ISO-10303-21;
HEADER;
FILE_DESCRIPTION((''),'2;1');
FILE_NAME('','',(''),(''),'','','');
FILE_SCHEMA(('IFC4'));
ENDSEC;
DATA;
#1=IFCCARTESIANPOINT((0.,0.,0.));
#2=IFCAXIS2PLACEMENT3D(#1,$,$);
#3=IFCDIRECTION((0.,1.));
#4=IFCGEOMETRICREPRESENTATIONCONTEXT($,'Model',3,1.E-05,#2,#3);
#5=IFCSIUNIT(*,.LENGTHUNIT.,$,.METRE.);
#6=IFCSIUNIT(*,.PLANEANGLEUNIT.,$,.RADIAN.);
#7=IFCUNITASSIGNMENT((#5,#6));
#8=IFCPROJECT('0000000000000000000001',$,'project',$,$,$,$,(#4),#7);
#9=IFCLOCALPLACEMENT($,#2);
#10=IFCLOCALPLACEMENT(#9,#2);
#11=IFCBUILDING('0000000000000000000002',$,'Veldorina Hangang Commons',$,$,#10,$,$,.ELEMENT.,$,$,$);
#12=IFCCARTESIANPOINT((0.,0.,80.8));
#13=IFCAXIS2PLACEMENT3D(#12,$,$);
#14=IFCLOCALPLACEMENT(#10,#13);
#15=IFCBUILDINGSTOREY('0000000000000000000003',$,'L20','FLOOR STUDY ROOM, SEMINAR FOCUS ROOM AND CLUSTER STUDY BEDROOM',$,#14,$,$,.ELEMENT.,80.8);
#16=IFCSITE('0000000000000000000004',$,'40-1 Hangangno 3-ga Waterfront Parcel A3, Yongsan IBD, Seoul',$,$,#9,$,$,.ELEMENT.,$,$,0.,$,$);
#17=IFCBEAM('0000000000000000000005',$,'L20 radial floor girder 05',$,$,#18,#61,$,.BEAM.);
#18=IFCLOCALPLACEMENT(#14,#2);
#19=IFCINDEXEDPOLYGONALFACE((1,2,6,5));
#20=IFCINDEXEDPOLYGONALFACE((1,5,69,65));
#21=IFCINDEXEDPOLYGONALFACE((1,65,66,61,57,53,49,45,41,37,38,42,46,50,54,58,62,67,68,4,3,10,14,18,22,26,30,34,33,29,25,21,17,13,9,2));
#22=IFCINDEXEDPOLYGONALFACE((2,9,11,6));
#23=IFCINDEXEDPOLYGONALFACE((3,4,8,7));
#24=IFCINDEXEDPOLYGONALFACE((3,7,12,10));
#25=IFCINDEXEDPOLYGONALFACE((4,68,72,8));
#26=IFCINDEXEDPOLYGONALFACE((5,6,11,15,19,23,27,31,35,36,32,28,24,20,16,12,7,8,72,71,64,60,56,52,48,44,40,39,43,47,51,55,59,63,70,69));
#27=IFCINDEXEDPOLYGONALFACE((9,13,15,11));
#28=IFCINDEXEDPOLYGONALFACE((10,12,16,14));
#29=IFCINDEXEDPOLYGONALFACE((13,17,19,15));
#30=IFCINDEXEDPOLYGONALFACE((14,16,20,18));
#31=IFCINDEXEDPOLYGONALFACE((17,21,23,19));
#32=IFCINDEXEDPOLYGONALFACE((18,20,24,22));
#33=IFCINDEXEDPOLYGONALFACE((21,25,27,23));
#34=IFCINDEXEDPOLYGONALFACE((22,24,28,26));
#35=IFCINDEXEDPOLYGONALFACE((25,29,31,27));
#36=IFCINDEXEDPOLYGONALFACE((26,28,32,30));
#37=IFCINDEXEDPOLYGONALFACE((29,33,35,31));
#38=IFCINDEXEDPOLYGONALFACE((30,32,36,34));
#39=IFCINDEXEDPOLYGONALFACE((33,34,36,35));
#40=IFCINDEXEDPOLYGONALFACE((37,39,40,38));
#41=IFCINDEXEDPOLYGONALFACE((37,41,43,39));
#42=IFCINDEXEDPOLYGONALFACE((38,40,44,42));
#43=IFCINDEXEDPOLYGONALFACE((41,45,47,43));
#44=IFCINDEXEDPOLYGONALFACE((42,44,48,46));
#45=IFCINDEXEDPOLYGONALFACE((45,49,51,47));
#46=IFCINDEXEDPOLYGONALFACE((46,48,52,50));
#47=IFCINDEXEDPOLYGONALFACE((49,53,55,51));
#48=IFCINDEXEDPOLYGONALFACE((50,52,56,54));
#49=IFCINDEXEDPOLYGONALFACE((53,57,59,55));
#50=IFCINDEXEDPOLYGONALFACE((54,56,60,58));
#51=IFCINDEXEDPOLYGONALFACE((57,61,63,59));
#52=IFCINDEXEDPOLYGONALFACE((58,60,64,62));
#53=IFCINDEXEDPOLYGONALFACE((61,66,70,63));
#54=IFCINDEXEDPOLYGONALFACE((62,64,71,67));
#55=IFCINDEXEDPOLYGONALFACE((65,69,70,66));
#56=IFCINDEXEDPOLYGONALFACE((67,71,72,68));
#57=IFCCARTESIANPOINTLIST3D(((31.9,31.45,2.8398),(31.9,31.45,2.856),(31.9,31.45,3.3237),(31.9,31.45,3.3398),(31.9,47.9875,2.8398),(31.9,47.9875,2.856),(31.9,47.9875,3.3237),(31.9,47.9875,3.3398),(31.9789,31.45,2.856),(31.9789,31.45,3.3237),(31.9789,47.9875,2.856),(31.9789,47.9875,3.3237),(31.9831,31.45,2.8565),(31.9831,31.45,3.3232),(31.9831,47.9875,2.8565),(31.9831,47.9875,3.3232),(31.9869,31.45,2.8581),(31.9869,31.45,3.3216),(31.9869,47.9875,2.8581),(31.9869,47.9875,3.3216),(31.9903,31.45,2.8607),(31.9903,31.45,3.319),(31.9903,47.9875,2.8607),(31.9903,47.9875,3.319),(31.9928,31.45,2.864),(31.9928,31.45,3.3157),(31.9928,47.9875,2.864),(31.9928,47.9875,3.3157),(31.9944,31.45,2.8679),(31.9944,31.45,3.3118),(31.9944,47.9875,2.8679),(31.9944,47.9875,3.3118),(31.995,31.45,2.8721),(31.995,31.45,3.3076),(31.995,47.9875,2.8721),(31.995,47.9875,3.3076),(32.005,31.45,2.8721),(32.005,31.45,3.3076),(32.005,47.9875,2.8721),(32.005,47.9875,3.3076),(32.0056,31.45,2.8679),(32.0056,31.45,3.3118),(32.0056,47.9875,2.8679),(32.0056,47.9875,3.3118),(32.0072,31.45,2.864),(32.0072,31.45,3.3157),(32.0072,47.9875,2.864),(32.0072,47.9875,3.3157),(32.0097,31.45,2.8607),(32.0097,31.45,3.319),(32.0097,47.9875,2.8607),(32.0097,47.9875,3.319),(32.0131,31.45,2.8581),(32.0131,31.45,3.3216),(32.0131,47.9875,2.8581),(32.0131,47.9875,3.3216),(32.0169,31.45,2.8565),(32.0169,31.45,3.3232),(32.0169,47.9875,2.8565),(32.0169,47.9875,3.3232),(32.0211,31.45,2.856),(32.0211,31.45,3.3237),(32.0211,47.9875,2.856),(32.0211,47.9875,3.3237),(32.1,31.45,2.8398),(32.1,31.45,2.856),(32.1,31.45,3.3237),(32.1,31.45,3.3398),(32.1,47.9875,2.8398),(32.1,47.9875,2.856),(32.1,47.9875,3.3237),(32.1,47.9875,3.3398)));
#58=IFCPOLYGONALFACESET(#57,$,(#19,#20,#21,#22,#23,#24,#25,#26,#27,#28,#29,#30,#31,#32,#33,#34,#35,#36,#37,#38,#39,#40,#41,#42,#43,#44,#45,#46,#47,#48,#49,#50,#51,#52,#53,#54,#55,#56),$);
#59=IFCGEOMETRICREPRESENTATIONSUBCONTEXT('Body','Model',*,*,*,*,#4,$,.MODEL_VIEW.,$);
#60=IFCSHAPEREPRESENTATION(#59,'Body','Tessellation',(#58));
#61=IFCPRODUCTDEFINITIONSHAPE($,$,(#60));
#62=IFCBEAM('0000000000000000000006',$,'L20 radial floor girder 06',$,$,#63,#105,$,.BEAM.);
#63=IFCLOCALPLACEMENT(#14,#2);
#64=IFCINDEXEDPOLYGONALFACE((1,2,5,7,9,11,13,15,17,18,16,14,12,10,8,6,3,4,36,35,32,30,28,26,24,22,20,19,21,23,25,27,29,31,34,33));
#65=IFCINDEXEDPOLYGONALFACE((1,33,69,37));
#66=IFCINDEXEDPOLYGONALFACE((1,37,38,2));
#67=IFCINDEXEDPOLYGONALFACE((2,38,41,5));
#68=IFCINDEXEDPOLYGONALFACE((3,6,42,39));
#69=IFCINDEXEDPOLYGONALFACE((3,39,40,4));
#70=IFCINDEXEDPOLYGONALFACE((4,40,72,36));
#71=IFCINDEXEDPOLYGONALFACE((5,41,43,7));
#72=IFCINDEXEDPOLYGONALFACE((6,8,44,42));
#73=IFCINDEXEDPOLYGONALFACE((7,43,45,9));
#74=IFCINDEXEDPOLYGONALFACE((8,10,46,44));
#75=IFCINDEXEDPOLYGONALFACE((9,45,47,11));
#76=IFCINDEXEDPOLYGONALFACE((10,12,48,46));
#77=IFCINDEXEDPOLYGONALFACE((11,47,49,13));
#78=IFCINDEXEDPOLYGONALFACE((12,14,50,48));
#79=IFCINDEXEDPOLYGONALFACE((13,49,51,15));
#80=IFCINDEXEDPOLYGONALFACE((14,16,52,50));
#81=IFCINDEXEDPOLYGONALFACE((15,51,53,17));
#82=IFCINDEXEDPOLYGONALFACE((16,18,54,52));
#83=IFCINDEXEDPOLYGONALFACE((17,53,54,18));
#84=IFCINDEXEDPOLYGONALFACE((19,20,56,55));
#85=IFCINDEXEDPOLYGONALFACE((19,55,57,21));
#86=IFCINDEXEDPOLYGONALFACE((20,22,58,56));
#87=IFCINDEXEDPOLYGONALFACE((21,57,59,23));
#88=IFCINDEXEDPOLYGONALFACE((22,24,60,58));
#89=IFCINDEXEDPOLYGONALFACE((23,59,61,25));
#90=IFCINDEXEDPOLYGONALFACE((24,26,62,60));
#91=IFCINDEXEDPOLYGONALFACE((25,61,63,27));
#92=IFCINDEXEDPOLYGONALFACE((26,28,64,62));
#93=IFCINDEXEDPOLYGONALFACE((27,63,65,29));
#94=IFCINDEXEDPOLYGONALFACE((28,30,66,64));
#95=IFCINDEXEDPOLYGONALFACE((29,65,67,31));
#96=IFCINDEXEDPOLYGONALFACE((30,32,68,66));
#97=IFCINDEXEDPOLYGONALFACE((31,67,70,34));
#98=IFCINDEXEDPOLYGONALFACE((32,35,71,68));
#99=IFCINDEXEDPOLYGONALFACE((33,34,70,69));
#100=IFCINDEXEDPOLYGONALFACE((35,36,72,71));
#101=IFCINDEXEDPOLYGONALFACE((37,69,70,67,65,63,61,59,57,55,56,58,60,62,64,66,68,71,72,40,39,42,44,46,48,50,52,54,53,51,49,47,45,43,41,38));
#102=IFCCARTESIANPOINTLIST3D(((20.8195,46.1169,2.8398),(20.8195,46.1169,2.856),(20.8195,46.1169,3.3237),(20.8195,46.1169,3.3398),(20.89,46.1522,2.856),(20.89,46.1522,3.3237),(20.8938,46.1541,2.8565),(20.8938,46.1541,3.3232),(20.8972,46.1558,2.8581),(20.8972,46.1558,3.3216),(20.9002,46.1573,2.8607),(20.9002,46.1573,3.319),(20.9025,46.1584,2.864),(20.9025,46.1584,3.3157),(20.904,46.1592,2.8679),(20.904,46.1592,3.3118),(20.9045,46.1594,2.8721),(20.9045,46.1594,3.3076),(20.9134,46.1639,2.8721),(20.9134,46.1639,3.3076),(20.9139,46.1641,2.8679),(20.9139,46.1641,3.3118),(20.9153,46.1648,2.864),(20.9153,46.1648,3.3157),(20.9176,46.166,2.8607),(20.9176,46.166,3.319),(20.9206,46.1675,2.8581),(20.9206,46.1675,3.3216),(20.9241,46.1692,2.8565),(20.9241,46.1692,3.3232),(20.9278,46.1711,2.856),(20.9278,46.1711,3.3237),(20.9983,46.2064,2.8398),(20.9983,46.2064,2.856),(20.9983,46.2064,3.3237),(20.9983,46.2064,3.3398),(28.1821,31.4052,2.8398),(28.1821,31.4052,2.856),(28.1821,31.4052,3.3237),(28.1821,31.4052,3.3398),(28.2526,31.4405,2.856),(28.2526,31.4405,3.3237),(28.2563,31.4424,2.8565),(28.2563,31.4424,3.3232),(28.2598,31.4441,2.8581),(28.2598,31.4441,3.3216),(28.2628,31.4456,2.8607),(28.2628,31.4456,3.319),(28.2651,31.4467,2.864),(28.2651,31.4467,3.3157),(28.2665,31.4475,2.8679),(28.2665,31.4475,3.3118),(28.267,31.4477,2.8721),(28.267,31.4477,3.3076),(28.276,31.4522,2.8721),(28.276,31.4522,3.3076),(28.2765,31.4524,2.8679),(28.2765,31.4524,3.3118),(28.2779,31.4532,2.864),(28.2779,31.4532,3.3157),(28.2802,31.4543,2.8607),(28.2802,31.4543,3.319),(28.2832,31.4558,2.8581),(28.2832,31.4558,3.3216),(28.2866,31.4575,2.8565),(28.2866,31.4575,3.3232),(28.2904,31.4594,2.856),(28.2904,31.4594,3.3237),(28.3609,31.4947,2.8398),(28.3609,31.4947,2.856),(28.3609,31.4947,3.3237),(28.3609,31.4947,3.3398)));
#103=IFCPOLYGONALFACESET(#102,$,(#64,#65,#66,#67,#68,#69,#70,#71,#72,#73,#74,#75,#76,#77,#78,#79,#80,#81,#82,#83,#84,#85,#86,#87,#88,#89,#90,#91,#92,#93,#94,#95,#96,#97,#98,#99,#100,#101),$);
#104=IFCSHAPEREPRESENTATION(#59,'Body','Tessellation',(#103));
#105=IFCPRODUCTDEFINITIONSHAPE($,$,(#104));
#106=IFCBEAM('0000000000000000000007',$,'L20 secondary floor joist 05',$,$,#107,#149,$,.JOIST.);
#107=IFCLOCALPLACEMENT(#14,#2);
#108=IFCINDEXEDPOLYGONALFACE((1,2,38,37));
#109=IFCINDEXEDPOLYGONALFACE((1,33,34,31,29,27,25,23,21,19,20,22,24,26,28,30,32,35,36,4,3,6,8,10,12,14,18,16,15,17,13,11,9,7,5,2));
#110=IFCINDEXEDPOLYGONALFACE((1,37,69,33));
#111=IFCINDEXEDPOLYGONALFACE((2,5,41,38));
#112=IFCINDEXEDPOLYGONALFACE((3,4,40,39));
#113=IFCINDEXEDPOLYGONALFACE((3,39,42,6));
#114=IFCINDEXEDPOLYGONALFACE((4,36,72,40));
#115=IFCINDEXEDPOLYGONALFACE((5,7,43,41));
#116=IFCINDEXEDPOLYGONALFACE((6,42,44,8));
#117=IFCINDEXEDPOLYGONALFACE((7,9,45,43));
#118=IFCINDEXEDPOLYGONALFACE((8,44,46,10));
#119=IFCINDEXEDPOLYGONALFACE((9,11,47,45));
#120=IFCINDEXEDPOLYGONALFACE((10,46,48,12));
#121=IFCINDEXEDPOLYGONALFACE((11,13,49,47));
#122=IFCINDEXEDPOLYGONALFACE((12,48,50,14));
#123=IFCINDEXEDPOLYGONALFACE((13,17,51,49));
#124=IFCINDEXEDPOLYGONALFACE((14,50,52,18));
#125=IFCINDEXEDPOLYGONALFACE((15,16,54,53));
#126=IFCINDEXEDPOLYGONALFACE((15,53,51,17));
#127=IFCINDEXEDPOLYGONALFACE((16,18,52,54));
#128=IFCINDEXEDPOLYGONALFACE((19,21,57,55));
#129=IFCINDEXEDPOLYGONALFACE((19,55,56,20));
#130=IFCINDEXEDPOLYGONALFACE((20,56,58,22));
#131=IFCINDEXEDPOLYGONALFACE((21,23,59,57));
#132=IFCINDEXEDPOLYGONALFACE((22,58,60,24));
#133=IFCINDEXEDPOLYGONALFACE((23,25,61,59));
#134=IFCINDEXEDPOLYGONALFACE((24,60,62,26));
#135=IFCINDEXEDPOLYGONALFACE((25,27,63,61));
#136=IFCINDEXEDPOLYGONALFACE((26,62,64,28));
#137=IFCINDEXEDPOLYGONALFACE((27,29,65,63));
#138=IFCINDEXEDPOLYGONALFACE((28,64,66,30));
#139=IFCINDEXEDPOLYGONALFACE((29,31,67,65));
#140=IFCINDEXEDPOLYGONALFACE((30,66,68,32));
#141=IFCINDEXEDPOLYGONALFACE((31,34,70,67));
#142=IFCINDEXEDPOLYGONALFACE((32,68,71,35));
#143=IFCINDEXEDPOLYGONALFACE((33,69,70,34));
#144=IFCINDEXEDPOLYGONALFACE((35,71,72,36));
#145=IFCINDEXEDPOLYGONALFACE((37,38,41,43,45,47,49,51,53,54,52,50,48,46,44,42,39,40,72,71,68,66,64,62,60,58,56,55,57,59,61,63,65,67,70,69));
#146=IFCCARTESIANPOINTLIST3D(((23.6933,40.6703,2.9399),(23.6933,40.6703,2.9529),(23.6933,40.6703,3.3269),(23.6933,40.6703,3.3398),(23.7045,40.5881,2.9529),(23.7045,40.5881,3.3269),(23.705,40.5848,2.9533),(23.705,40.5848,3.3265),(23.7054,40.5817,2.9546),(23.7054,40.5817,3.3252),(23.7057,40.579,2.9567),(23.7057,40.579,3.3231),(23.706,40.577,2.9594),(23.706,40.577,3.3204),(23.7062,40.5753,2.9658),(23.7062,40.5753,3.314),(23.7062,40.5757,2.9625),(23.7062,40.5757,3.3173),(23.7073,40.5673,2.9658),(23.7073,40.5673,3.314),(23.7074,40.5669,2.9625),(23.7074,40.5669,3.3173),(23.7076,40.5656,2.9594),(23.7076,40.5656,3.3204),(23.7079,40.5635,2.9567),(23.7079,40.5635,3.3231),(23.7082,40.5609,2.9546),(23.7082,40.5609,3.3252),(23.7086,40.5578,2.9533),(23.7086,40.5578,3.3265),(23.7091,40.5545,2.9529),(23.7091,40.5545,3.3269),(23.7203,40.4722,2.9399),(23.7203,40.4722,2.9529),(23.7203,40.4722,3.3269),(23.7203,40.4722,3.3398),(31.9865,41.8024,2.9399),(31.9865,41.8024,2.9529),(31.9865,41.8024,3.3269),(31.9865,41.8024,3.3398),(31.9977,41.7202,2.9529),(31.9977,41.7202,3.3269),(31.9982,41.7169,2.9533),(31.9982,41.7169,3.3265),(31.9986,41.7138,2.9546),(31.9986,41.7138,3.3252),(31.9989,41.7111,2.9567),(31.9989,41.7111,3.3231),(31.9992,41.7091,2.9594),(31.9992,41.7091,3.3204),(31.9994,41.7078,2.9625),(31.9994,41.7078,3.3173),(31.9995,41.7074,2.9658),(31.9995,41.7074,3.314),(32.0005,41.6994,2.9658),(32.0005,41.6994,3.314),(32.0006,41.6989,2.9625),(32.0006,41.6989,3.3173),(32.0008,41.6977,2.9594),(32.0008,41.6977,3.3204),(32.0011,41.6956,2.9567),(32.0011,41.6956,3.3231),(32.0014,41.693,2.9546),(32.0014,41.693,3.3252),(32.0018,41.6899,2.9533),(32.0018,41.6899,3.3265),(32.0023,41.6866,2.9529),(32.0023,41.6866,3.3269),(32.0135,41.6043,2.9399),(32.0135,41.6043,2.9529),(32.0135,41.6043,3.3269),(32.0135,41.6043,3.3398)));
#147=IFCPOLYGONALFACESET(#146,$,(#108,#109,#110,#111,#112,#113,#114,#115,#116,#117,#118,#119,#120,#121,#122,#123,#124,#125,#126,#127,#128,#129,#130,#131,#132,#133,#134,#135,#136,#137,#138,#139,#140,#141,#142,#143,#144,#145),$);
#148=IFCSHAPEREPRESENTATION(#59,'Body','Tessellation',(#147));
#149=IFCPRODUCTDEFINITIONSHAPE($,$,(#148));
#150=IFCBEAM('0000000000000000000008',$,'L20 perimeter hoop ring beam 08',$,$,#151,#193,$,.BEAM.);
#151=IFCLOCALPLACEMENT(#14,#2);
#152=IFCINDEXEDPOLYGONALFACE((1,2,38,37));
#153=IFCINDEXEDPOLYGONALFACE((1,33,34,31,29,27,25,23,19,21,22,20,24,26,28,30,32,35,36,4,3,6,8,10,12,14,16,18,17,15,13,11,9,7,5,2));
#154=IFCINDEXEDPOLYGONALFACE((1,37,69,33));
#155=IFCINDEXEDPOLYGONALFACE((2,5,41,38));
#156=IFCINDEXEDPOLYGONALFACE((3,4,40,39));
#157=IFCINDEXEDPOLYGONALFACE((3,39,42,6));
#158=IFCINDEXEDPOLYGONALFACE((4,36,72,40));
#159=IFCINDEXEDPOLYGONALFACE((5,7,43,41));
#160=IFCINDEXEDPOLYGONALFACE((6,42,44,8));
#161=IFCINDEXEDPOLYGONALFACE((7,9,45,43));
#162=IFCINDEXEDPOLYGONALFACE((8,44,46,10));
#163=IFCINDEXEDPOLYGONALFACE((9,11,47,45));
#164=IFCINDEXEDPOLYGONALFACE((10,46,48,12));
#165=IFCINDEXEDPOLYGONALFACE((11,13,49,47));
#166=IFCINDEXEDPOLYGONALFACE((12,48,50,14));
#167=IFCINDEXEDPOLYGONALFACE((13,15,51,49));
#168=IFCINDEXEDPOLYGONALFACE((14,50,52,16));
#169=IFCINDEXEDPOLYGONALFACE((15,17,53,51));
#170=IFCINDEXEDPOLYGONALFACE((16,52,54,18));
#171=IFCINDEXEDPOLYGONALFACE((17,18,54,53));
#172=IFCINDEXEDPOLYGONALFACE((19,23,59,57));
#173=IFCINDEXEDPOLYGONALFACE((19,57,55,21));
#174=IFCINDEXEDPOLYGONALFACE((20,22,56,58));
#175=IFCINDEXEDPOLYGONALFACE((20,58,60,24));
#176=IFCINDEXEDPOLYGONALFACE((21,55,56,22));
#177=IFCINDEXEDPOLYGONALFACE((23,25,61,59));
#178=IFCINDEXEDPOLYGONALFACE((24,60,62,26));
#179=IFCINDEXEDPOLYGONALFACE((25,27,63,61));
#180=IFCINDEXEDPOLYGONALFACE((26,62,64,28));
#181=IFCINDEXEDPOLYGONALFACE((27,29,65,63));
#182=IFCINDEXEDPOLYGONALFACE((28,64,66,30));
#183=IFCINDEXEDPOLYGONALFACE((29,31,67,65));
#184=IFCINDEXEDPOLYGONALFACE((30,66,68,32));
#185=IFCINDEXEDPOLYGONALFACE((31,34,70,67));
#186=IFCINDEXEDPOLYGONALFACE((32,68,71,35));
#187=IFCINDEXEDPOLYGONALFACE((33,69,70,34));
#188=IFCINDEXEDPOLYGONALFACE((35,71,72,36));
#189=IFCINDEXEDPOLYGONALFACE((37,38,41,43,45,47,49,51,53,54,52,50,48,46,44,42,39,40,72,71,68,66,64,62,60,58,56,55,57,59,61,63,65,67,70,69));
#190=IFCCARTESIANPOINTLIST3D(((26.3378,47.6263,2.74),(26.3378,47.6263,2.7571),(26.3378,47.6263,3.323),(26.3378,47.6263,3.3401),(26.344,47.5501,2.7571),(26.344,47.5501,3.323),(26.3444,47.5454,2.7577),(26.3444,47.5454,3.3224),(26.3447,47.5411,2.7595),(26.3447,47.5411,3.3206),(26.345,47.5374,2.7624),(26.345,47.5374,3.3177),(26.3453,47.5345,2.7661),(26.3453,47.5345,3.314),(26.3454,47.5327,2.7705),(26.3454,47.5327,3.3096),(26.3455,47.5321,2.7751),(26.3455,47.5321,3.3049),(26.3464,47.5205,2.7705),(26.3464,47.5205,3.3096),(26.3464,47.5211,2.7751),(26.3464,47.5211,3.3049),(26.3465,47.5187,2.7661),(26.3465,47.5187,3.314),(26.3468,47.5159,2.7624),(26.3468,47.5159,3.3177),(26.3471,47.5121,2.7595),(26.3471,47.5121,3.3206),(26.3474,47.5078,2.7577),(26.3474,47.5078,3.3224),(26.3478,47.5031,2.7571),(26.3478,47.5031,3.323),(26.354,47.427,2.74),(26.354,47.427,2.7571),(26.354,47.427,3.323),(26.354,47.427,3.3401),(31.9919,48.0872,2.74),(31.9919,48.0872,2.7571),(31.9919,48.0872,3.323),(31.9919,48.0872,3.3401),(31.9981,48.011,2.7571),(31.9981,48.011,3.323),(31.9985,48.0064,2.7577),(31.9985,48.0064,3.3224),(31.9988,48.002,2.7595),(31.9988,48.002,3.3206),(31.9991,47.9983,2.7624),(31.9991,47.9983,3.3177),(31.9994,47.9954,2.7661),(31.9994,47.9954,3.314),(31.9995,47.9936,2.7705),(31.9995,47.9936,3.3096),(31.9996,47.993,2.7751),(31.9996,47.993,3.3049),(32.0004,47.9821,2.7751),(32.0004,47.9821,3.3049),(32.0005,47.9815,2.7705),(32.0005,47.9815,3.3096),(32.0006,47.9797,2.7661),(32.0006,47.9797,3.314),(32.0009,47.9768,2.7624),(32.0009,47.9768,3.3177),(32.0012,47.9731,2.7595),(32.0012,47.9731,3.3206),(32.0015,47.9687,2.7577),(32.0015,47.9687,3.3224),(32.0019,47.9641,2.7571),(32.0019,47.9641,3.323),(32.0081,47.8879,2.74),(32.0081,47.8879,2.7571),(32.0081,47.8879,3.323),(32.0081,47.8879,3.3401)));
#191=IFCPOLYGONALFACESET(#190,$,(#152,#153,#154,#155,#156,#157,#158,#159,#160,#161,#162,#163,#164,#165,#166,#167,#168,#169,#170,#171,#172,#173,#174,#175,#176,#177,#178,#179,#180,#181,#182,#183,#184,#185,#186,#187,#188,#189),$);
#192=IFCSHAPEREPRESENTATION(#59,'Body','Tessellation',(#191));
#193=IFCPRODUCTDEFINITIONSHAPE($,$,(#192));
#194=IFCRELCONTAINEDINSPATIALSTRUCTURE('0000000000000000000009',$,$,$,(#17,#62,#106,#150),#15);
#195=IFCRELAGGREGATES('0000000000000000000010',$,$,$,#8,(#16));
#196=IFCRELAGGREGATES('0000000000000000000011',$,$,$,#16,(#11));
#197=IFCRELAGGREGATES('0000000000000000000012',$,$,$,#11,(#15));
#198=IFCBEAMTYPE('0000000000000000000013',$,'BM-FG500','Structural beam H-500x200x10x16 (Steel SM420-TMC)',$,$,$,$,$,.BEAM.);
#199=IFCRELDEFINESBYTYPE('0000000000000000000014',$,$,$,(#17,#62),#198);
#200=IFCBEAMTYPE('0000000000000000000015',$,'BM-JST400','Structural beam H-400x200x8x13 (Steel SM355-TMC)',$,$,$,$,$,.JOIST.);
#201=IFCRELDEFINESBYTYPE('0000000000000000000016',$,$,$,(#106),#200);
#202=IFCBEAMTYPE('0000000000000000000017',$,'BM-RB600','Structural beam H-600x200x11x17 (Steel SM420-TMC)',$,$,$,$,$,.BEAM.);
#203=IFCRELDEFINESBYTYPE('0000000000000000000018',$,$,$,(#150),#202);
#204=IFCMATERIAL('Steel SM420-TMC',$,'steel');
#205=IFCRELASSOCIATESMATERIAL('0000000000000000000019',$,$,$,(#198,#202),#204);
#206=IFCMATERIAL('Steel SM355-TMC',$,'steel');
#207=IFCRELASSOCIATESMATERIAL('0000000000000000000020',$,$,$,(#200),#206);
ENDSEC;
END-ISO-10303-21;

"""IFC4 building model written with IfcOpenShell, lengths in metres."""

from ifc_helpers import new_model, si_unit, direction, frame, origin, origin_2d, place, context, subcontext, project, spatial, i_section, extrude, material, material_profile, profile_set, type_object, element, save


model = new_model("IFC4")

# Units and contexts
model_context = context("Model", 3, precision=1e-05, world=origin(), true_north=direction((0.0, 1.0)))
body_context = subcontext(model_context, "Body", "Model", "MODEL_VIEW")
ifc_project = project(units=[si_unit("LENGTHUNIT", "METRE"), si_unit("PLANEANGLEUNIT", "RADIAN")], contexts=[model_context])

# Site, building, storey
site_placement = place(None, origin())
site = spatial("IfcSite", under=ifc_project, at=site_placement, Name="40-1 Hangangno 3-ga Waterfront Parcel A3, Yongsan IBD, Seoul", CompositionType="ELEMENT", RefElevation=0.0)
building_placement = place(site_placement, origin())
building = spatial("IfcBuilding", under=site, at=building_placement, Name="Veldorina Hangang Commons", CompositionType="ELEMENT")
storey_placement = place(building_placement, frame((0.0, 0.0, 80.8)))
storey = spatial("IfcBuildingStorey", under=building, at=storey_placement, Name="L20", Description="FLOOR STUDY ROOM, SEMINAR FOCUS ROOM AND CLUSTER STUDY BEDROOM", CompositionType="ELEMENT", Elevation=80.8)

# Beams
ifc_material_1 = material(Name="Steel SM420-TMC", Category="steel")
ifc_material_profile_1 = material_profile(ifc_material_1, i_section(OverallWidth=0.2, OverallDepth=0.5, WebThickness=0.01, FlangeThickness=0.0161, FilletRadius=0.0161, at=origin_2d()), Name="H-500x200x10x16")
ifc_profile_set_1 = profile_set([ifc_material_profile_1], Name="Steel SM420-TMC")
beam_type_1 = type_object("IfcBeamType", Name="BM-FG500", Description="Structural beam H-500x200x10x16 (Steel SM420-TMC)", PredefinedType="BEAM", material=ifc_profile_set_1)
beam_1_placement = place(storey_placement, frame((32.0, 31.45, 3.0898), z_axis=(0.0, 1.0, 0.0), x_axis=(-1.0, 0.0, 0.0)))
element("IfcBeam", 1, at=beam_1_placement, inside=storey, type_object=beam_type_1, Name="L20 radial floor girder 05", PredefinedType="BEAM", context=body_context, shape_type="SweptSolid", body=[
    extrude(i_section(OverallWidth=0.2, OverallDepth=0.5, WebThickness=0.01, FlangeThickness=0.0161, FilletRadius=0.0161, at=origin_2d()), origin(), (0.0, 0.0, 1.0), 16.5376),
])
beam_2_placement = place(storey_placement, frame((28.2715, 31.45, 3.0898), z_axis=(-0.44754, 0.894264, 0.0), x_axis=(-0.894264, -0.44754, 0.0)))
element("IfcBeam", 2, at=beam_2_placement, inside=storey, type_object=beam_type_1, Name="L20 radial floor girder 06", PredefinedType="BEAM", context=body_context, shape_type="SweptSolid", body=[
    extrude(i_section(OverallWidth=0.2, OverallDepth=0.5, WebThickness=0.01, FlangeThickness=0.0161, FilletRadius=0.0161, at=origin_2d()), origin(), (0.0, 0.0, 1.0), 16.4512),
])
ifc_material_2 = material(Name="Steel SM355-TMC", Category="steel")
ifc_material_profile_2 = material_profile(ifc_material_2, i_section(OverallWidth=0.2, OverallDepth=0.3999, WebThickness=0.0081, FlangeThickness=0.0129, FilletRadius=0.0129, at=origin_2d()), Name="H-400x200x8x13")
ifc_profile_set_2 = profile_set([ifc_material_profile_2], Name="Steel SM355-TMC")
beam_type_2 = type_object("IfcBeamType", Name="BM-JST400", Description="Structural beam H-400x200x8x13 (Steel SM355-TMC)", PredefinedType="JOIST", material=ifc_profile_set_2)
beam_3_placement = place(storey_placement, frame((32.0, 41.7034, 3.1399), z_axis=(-0.990811, -0.135252, 0.0), x_axis=(0.135252, -0.990811, 0.0)))
element("IfcBeam", 3, at=beam_3_placement, inside=storey, type_object=beam_type_2, Name="L20 secondary floor joist 05", PredefinedType="JOIST", context=body_context, shape_type="SweptSolid", body=[
    extrude(i_section(OverallWidth=0.2, OverallDepth=0.3999, WebThickness=0.0081, FlangeThickness=0.0129, FilletRadius=0.0129, at=origin_2d()), origin(), (0.0, 0.0, 1.0), 8.3701),
])
ifc_material_profile_3 = material_profile(ifc_material_1, i_section(OverallWidth=0.2, OverallDepth=0.6001, WebThickness=0.011, FlangeThickness=0.0171, FilletRadius=0.0181, at=origin_2d()), Name="H-600x200x11x17")
ifc_profile_set_3 = profile_set([ifc_material_profile_3], Name="Steel SM420-TMC")
beam_type_3 = type_object("IfcBeamType", Name="BM-RB600", Description="Structural beam H-600x200x11x17 (Steel SM420-TMC)", PredefinedType="BEAM", material=ifc_profile_set_3)
beam_4_placement = place(storey_placement, frame((32.0, 47.9875, 3.04), z_axis=(-0.996693, -0.081254, 0.0), x_axis=(0.081254, -0.996693, 0.0)))
element("IfcBeam", 4, at=beam_4_placement, inside=storey, type_object=beam_type_3, Name="L20 perimeter hoop ring beam 08", PredefinedType="BEAM", context=body_context, shape_type="SweptSolid", body=[
    extrude(i_section(OverallWidth=0.2, OverallDepth=0.6001, WebThickness=0.011, FlangeThickness=0.0171, FilletRadius=0.0181, at=origin_2d()), origin(), (0.0, 0.0, 1.0), 5.6729),
])

save(model, "model.ifc")
